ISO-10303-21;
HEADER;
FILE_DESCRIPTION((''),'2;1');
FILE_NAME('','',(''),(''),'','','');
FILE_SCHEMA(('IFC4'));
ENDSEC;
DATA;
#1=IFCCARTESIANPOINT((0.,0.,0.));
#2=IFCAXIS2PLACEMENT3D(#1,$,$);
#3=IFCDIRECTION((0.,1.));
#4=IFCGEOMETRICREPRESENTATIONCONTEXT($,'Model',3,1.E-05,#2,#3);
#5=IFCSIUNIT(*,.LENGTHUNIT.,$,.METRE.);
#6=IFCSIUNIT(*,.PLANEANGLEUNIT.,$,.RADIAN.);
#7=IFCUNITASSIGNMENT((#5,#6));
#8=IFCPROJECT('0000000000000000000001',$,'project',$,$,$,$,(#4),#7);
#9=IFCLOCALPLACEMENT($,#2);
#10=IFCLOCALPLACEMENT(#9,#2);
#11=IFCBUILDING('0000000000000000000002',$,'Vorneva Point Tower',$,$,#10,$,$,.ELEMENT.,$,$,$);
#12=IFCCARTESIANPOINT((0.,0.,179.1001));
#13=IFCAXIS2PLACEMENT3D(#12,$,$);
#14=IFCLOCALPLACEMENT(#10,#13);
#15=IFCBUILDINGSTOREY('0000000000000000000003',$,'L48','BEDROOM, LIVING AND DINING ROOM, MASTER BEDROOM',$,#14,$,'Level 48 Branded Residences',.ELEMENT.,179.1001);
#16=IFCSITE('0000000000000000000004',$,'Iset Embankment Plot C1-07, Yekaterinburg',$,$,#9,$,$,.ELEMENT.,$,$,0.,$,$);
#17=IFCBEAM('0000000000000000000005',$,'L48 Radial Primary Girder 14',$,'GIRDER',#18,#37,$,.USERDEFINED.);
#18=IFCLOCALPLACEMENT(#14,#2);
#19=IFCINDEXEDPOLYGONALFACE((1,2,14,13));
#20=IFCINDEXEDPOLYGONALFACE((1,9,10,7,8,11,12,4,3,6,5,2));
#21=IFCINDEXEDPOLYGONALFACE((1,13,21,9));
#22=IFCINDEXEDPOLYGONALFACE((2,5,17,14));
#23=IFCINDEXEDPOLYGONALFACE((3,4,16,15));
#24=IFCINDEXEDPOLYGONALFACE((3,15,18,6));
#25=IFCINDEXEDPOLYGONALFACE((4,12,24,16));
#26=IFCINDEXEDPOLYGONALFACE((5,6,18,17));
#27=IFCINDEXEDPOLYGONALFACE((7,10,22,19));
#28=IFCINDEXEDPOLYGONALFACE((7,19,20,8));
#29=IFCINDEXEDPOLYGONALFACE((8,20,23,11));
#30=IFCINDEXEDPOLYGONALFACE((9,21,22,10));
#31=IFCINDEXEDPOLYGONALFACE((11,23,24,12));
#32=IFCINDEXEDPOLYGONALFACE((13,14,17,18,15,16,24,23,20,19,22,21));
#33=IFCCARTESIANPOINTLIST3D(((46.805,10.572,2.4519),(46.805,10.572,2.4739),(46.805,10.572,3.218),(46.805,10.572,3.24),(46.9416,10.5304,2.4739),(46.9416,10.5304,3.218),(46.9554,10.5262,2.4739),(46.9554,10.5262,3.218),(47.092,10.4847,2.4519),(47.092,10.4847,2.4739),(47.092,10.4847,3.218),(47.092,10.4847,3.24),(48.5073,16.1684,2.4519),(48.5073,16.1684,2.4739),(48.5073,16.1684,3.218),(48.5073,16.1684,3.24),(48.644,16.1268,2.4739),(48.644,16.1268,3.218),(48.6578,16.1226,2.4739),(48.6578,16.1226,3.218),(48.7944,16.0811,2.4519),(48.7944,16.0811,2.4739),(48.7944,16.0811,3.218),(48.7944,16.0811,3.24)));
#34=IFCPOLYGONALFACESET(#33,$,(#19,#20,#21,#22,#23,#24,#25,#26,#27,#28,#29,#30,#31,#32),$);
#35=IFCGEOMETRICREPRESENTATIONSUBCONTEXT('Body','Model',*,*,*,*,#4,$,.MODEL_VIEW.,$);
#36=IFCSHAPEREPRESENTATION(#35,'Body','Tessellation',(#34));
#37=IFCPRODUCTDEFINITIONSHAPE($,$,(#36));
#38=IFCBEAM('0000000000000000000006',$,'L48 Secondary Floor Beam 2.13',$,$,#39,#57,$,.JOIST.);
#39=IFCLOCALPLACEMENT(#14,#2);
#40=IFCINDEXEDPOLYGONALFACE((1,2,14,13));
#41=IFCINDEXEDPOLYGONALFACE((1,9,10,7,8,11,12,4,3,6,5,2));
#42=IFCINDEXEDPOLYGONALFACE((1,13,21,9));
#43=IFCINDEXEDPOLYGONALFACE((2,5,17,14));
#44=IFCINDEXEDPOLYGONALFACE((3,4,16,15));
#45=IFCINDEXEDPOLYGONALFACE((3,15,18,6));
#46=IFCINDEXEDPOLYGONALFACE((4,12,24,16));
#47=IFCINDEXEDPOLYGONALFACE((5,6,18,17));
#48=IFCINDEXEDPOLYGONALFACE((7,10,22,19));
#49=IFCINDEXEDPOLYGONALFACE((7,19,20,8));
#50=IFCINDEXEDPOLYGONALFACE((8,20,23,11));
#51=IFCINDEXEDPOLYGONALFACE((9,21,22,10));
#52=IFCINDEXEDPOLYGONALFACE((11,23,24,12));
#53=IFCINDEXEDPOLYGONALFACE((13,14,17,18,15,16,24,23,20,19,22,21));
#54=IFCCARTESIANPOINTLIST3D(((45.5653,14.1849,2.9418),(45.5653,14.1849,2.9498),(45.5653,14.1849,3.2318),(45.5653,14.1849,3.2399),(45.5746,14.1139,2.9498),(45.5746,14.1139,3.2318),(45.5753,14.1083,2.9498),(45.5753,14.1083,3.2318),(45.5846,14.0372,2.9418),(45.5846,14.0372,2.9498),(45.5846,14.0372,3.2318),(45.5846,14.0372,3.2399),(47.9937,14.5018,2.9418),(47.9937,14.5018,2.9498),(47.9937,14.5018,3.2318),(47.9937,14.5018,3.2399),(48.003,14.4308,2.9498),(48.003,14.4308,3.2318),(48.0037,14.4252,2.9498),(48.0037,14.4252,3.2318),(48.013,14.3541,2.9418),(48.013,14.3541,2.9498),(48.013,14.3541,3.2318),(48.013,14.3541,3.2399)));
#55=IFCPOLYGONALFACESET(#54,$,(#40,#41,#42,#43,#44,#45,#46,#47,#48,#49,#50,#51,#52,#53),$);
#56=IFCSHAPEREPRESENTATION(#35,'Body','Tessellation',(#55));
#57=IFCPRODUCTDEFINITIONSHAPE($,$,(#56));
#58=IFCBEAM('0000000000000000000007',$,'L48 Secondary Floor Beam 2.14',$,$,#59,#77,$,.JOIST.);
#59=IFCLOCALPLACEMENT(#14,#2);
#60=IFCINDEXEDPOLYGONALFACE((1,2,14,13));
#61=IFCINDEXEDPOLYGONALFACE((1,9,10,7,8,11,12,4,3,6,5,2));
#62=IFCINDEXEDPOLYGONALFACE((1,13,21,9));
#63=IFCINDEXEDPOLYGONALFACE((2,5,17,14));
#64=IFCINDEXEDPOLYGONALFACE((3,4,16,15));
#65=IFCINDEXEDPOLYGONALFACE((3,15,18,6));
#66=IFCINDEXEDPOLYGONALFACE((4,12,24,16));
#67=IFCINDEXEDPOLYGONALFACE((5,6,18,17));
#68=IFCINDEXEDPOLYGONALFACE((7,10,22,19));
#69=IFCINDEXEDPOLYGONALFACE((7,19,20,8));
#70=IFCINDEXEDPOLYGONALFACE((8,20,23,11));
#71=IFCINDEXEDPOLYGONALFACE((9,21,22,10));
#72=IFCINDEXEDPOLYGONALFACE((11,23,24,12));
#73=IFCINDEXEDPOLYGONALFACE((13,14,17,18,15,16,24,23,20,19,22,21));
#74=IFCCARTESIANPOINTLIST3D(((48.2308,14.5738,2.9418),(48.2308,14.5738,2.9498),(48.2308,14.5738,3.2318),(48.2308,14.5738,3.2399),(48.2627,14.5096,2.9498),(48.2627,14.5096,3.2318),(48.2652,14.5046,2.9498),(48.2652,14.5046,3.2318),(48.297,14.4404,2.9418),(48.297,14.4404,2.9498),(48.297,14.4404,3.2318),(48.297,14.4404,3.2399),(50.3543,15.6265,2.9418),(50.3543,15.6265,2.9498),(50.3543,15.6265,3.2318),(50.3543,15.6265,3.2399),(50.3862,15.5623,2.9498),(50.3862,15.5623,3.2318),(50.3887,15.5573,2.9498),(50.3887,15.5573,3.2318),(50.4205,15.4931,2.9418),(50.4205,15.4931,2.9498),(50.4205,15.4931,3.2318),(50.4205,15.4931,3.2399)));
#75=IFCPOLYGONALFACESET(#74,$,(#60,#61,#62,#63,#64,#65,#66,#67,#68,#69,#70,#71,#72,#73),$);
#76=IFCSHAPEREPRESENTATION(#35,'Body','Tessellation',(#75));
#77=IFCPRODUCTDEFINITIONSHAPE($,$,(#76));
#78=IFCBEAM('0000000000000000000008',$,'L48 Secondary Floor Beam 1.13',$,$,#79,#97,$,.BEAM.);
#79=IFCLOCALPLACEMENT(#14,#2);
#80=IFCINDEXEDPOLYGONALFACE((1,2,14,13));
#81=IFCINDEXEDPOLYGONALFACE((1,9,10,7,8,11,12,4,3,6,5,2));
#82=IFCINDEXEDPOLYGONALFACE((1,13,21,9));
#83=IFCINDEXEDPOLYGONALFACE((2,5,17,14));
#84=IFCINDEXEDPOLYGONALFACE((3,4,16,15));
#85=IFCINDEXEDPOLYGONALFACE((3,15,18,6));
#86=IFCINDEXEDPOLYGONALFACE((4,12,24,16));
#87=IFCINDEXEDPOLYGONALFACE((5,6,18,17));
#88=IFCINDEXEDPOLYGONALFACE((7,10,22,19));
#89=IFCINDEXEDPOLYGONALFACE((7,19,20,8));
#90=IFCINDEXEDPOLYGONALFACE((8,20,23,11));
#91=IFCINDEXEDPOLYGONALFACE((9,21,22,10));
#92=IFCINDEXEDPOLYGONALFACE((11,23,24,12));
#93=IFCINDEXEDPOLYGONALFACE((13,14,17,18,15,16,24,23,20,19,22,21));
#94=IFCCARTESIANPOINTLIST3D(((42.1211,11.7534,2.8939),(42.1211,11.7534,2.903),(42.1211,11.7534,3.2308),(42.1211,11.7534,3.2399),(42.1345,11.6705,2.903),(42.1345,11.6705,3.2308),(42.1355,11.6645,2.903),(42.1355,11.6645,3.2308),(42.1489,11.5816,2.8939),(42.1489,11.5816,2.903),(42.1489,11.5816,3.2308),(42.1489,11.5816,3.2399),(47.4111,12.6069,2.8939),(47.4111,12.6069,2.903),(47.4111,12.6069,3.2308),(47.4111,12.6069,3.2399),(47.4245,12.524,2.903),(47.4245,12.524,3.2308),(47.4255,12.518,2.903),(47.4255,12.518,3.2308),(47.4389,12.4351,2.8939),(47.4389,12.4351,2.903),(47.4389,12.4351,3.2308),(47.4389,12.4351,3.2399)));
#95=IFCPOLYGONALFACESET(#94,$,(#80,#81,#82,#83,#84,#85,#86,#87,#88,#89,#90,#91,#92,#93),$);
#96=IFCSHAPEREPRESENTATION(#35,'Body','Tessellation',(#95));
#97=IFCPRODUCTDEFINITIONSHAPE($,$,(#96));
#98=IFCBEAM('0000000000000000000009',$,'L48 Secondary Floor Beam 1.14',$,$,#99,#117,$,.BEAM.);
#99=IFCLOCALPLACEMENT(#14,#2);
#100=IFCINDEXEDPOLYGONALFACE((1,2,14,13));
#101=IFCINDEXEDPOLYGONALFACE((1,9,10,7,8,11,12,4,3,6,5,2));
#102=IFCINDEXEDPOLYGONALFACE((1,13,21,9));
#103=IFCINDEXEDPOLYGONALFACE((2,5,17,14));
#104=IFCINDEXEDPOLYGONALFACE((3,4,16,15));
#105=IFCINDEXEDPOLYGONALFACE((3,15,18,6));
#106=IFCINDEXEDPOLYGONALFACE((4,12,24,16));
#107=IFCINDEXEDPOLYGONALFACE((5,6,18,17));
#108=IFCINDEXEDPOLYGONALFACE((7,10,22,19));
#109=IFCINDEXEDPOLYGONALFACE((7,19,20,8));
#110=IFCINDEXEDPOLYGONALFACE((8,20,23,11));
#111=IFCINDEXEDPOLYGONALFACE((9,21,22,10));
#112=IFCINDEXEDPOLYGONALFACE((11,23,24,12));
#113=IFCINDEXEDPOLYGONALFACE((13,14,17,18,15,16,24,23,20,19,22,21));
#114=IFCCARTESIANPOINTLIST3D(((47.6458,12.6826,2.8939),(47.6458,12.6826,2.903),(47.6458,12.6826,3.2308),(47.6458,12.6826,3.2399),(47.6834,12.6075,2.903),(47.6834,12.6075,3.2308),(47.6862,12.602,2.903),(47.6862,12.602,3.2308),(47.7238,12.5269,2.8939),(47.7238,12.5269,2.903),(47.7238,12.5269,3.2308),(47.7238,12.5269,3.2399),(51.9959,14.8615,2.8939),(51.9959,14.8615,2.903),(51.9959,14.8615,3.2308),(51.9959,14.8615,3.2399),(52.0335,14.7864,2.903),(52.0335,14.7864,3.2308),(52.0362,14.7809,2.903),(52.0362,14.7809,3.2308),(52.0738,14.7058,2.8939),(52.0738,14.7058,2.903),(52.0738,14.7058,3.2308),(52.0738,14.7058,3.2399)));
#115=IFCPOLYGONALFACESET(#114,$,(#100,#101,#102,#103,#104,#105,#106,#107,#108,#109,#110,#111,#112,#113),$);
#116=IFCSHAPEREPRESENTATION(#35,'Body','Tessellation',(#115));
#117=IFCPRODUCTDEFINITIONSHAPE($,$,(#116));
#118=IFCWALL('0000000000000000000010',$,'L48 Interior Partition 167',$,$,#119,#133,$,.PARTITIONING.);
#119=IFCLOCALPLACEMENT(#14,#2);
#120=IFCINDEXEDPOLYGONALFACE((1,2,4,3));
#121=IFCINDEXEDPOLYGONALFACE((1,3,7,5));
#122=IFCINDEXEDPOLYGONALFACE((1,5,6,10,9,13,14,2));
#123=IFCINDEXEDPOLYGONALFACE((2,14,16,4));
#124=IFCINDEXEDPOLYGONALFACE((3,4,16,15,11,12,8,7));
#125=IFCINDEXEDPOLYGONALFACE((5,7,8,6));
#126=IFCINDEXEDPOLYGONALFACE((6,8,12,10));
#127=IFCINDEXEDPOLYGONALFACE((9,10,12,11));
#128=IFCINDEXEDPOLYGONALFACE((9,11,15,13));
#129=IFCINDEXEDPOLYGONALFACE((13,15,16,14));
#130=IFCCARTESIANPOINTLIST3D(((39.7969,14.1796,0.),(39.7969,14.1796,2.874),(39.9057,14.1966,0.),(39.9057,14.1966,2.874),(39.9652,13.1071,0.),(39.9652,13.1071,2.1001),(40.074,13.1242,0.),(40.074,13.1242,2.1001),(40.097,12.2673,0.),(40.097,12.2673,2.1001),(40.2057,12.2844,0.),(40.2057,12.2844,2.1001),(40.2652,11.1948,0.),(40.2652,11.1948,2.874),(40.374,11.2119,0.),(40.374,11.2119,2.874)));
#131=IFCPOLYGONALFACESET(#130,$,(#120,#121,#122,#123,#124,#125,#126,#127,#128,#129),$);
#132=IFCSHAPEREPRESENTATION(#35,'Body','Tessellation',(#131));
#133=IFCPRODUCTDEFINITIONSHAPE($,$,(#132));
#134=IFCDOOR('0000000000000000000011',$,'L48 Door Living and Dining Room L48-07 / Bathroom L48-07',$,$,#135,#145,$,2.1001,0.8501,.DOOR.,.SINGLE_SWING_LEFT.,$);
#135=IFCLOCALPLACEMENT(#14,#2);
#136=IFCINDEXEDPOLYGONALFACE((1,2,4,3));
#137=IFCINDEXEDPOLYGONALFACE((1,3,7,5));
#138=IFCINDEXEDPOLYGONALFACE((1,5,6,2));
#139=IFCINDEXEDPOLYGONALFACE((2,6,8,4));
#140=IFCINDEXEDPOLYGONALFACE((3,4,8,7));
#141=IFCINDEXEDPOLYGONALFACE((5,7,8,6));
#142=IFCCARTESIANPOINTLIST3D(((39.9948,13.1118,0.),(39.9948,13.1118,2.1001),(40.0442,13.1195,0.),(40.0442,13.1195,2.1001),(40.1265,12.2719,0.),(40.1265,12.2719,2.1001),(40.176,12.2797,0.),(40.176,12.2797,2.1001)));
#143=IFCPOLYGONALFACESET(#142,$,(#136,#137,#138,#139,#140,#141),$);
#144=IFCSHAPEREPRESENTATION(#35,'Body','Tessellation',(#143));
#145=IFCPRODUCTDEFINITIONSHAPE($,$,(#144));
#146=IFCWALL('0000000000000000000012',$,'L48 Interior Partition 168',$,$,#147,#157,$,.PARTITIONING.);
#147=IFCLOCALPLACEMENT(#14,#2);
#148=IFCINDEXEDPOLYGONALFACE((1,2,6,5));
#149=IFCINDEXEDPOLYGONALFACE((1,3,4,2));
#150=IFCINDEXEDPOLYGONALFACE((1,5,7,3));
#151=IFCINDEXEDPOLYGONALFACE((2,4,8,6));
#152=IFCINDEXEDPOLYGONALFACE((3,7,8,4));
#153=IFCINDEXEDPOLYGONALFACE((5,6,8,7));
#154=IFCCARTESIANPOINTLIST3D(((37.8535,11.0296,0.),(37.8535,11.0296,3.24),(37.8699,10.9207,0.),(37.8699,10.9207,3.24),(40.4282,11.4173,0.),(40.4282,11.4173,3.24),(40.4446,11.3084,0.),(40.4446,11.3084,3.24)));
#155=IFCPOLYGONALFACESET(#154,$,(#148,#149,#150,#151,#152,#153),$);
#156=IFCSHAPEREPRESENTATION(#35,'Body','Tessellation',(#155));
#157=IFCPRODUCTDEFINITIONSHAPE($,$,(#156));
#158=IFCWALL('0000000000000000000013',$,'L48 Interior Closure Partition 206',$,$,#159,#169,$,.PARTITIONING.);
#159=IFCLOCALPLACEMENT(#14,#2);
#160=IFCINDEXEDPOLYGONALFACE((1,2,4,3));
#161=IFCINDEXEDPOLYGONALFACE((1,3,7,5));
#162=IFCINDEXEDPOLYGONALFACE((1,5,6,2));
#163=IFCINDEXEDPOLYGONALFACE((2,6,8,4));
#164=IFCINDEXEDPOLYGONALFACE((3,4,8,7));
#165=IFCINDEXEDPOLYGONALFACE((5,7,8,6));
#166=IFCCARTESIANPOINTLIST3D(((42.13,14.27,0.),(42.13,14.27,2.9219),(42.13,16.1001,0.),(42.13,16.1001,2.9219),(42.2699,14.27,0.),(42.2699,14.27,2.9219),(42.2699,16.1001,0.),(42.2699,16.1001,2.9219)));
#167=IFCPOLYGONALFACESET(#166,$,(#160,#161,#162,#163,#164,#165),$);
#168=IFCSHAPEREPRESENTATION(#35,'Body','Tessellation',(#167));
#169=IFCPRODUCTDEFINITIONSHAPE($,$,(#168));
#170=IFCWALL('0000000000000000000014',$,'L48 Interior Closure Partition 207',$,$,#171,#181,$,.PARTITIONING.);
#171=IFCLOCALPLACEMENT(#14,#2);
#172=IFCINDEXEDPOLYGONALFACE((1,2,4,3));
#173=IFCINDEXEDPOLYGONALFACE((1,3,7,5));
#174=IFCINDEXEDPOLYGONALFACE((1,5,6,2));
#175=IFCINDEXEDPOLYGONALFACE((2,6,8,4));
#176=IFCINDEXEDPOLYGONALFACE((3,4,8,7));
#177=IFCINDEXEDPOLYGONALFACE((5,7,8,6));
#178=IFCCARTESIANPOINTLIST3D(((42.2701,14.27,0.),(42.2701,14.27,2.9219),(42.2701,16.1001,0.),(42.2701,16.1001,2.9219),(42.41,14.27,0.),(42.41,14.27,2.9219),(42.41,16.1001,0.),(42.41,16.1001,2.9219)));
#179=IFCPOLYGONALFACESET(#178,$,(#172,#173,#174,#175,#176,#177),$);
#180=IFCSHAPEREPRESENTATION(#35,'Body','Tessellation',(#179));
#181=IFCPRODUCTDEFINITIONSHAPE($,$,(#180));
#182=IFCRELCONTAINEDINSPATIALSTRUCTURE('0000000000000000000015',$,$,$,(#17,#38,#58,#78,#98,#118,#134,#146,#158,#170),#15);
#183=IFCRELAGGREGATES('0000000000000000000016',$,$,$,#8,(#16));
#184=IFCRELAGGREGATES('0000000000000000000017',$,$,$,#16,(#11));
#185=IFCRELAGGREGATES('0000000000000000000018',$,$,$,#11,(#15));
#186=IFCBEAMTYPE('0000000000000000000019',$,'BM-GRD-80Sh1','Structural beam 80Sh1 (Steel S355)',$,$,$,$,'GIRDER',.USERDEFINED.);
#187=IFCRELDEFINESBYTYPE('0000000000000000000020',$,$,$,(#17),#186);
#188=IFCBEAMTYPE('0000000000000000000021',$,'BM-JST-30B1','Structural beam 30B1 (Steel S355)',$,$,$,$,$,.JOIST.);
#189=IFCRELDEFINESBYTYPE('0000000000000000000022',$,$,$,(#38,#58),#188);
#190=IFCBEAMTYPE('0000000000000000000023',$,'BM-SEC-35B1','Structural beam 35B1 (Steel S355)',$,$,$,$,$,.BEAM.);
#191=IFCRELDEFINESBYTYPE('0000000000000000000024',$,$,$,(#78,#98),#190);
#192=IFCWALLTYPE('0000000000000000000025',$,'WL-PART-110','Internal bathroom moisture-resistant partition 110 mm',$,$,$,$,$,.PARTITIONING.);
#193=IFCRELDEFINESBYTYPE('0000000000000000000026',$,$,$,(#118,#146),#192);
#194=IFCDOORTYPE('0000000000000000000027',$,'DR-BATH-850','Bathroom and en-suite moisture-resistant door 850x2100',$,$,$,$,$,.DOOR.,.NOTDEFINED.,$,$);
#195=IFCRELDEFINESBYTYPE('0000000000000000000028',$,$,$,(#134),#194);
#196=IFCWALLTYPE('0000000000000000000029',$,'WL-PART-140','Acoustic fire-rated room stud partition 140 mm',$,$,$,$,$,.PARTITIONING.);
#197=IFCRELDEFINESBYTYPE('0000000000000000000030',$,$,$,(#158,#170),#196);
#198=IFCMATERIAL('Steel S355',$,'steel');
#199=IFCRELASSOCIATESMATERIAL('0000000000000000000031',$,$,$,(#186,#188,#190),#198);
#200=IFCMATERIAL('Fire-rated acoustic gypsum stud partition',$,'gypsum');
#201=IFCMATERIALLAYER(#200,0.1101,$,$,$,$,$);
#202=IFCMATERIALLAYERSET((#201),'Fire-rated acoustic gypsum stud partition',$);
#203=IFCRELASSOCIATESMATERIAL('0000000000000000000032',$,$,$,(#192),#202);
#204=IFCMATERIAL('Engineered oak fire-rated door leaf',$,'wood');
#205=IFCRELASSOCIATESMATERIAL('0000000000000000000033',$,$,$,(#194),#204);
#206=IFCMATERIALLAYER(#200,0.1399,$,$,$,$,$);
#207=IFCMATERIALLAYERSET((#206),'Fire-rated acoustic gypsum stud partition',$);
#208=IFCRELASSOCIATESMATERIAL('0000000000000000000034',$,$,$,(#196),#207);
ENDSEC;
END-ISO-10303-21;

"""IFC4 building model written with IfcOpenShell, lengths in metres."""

from ifc_helpers import new_model, si_unit, direction, frame, frame_2d, origin, origin_2d, place, context, subcontext, project, spatial, rectangle, i_section, extrude, material, layer, layer_set, material_profile, profile_set, type_object, element, fill, save


model = new_model("IFC4")

# Units and contexts
model_context = context("Model", 3, precision=1e-05, world=origin(), true_north=direction((0.0, 1.0)))
body_context = subcontext(model_context, "Body", "Model", "MODEL_VIEW")
ifc_project = project(units=[si_unit("LENGTHUNIT", "METRE"), si_unit("PLANEANGLEUNIT", "RADIAN")], contexts=[model_context])

# Site, building, storey
site_placement = place(None, origin())
site = spatial("IfcSite", under=ifc_project, at=site_placement, Name="Iset Embankment Plot C1-07, Yekaterinburg", CompositionType="ELEMENT", RefElevation=0.0)
building_placement = place(site_placement, origin())
building = spatial("IfcBuilding", under=site, at=building_placement, Name="Vorneva Point Tower", CompositionType="ELEMENT")
storey_placement = place(building_placement, frame((0.0, 0.0, 179.1001)))
storey = spatial("IfcBuildingStorey", under=building, at=storey_placement, Name="L48", Description="BEDROOM, LIVING AND DINING ROOM, MASTER BEDROOM", LongName="Level 48 Branded Residences", CompositionType="ELEMENT", Elevation=179.1001)

# Beams
ifc_material_1 = material(Name="Steel S355", Category="steel")
ifc_material_profile_1 = material_profile(ifc_material_1, i_section(OverallWidth=0.3, OverallDepth=0.7881, WebThickness=0.0144, FlangeThickness=0.022, at=origin_2d()), Name="80Sh1")
ifc_profile_set_1 = profile_set([ifc_material_profile_1], Name="Steel S355")
beam_type_1 = type_object("IfcBeamType", Name="BM-GRD-80Sh1", Description="Structural beam 80Sh1 (Steel S355)", ElementType="GIRDER", PredefinedType="USERDEFINED", material=ifc_profile_set_1)
beam_1_placement = place(storey_placement, frame((46.9485, 10.5283, 2.8459), z_axis=(0.291025, 0.956715, 0.0), x_axis=(-0.956715, 0.291025, 0.0)))
element("IfcBeam", 1, at=beam_1_placement, inside=storey, type_object=beam_type_1, Name="L48 Radial Primary Girder 14", ObjectType="GIRDER", PredefinedType="USERDEFINED", context=body_context, shape_type="SweptSolid", body=[
    extrude(i_section(OverallWidth=0.3, OverallDepth=0.7881, WebThickness=0.0144, FlangeThickness=0.022, at=origin_2d()), origin(), (0.0, 0.0, 1.0), 5.8496),
])
ifc_material_profile_2 = material_profile(ifc_material_1, i_section(OverallWidth=0.1489, OverallDepth=0.2981, WebThickness=0.0056, FlangeThickness=0.0081, at=origin_2d()), Name="30B1")
ifc_profile_set_2 = profile_set([ifc_material_profile_2], Name="Steel S355")
beam_type_2 = type_object("IfcBeamType", Name="BM-JST-30B1", Description="Structural beam 30B1 (Steel S355)", PredefinedType="JOIST", material=ifc_profile_set_2)
beam_2_placement = place(storey_placement, frame((45.575, 14.1111, 3.0908), z_axis=(0.991593, 0.129395, 0.0), x_axis=(-0.129395, 0.991593, 0.0)))
element("IfcBeam", 2, at=beam_2_placement, inside=storey, type_object=beam_type_2, Name="L48 Secondary Floor Beam 2.13", PredefinedType="JOIST", context=body_context, shape_type="SweptSolid", body=[
    extrude(i_section(OverallWidth=0.1489, OverallDepth=0.2981, WebThickness=0.0056, FlangeThickness=0.0081, at=origin_2d()), origin(), (0.0, 0.0, 1.0), 2.449),
])
beam_3_placement = place(storey_placement, frame((48.2639, 14.5071, 3.0908), z_axis=(0.895946, 0.444162, 0.0), x_axis=(-0.444162, 0.895946, 0.0)))
element("IfcBeam", 3, at=beam_3_placement, inside=storey, type_object=beam_type_2, Name="L48 Secondary Floor Beam 2.14", PredefinedType="JOIST", context=body_context, shape_type="SweptSolid", body=[
    extrude(i_section(OverallWidth=0.1489, OverallDepth=0.2981, WebThickness=0.0056, FlangeThickness=0.0081, at=origin_2d()), origin(), (0.0, 0.0, 1.0), 2.3701),
])
ifc_material_profile_3 = material_profile(ifc_material_1, i_section(OverallWidth=0.1741, OverallDepth=0.3459, WebThickness=0.0061, FlangeThickness=0.009, at=origin_2d()), Name="35B1")
ifc_profile_set_3 = profile_set([ifc_material_profile_3], Name="Steel S355")
beam_type_3 = type_object("IfcBeamType", Name="BM-SEC-35B1", Description="Structural beam 35B1 (Steel S355)", PredefinedType="BEAM", material=ifc_profile_set_3)
beam_4_placement = place(storey_placement, frame((42.135, 11.6675, 3.0669), z_axis=(0.987233, 0.159284, 0.0), x_axis=(-0.159284, 0.987233, 0.0)))
element("IfcBeam", 4, at=beam_4_placement, inside=storey, type_object=beam_type_3, Name="L48 Secondary Floor Beam 1.13", PredefinedType="BEAM", context=body_context, shape_type="SweptSolid", body=[
    extrude(i_section(OverallWidth=0.1741, OverallDepth=0.3459, WebThickness=0.0061, FlangeThickness=0.009, at=origin_2d()), origin(), (0.0, 0.0, 1.0), 5.3584),
])
beam_5_placement = place(storey_placement, frame((47.6848, 12.6047, 3.0669), z_axis=(0.894106, 0.447856, 0.0), x_axis=(-0.447856, 0.894106, 0.0)))
element("IfcBeam", 5, at=beam_5_placement, inside=storey, type_object=beam_type_3, Name="L48 Secondary Floor Beam 1.14", PredefinedType="BEAM", context=body_context, shape_type="SweptSolid", body=[
    extrude(i_section(OverallWidth=0.1741, OverallDepth=0.3459, WebThickness=0.0061, FlangeThickness=0.009, at=origin_2d()), origin(), (0.0, 0.0, 1.0), 4.8652),
])

# Wall, opening, door
ifc_material_2 = material(Name="Fire-rated acoustic gypsum stud partition", Category="gypsum")
ifc_layer_1 = layer(ifc_material_2, 0.1101)
ifc_layer_set_1 = layer_set([ifc_layer_1], Name="Fire-rated acoustic gypsum stud partition")
wall_type_1 = type_object("IfcWallType", Name="WL-PART-110", Description="Internal bathroom moisture-resistant partition 110 mm", PredefinedType="PARTITIONING", material=ifc_layer_set_1)
wall_1_placement = place(storey_placement, frame((39.8513, 14.1882, 0.0), z_axis=(0.0, 0.0, 1.0), x_axis=(0.154996, -0.987915, 0.0)))
wall_1 = element("IfcWall", 6, at=wall_1_placement, inside=storey, type_object=wall_type_1, Name="L48 Interior Partition 167", PredefinedType="PARTITIONING", context=body_context, shape_type="SweptSolid", body=[
    extrude(rectangle(XDim=3.0212, YDim=0.1101, at=frame_2d((1.5107, 0.0))), origin(), (0.0, 0.0, 1.0), 2.874),
])
opening_1_placement = place(wall_1_placement, frame((1.0857, 0.0, 0.0)))
opening_1 = element("IfcOpeningElement", 7, at=opening_1_placement, cuts=wall_1, PredefinedType="OPENING", context=body_context, shape_type="SweptSolid", body=[
    extrude(rectangle(XDim=0.8501, YDim=2.1001, at=frame_2d((0.425, 1.05))), frame((0.0, 0.0698, 0.0), z_axis=(0.0, -1.0, 0.0), x_axis=(1.0, 0.0, 0.0)), (0.0, 0.0, 1.0), 0.1399),
])
ifc_material_3 = material(Name="Engineered oak fire-rated door leaf", Category="wood")
door_type_1 = type_object("IfcDoorType", Name="DR-BATH-850", Description="Bathroom and en-suite moisture-resistant door 850x2100", OperationType="NOTDEFINED", PredefinedType="DOOR", material=ifc_material_3)
door_1_placement = place(opening_1_placement, origin())
door_1 = element("IfcDoor", 8, at=door_1_placement, inside=storey, type_object=door_type_1, Name="L48 Door Living and Dining Room L48-07 / Bathroom L48-07", OperationType="SINGLE_SWING_LEFT", OverallHeight=2.1001, OverallWidth=0.8501, PredefinedType="DOOR", context=body_context, shape_type="SweptSolid", body=[
    extrude(rectangle(XDim=0.8501, YDim=2.1001, at=frame_2d((0.425, 1.05))), frame((0.0, 0.0249, 0.0), z_axis=(0.0, -1.0, 0.0), x_axis=(1.0, 0.0, 0.0)), (0.0, 0.0, 1.0), 0.05),
])
fill(opening_1, door_1)

# Walls
wall_2_placement = place(storey_placement, frame((40.4363, 11.3628, 0.0), z_axis=(0.0, 0.0, 1.0), x_axis=(-0.988852, -0.1489, 0.0)))
element("IfcWall", 9, at=wall_2_placement, inside=storey, type_object=wall_type_1, Name="L48 Interior Partition 168", PredefinedType="PARTITIONING", context=body_context, shape_type="SweptSolid", body=[
    extrude(rectangle(XDim=2.6038, YDim=0.1101, at=frame_2d((1.3018, 0.0))), origin(), (0.0, 0.0, 1.0), 3.24),
])
ifc_layer_2 = layer(ifc_material_2, 0.1399)
ifc_layer_set_2 = layer_set([ifc_layer_2], Name="Fire-rated acoustic gypsum stud partition")
wall_type_2 = type_object("IfcWallType", Name="WL-PART-140", Description="Acoustic fire-rated room stud partition 140 mm", PredefinedType="PARTITIONING", material=ifc_layer_set_2)
for number, where, z_axis, x_axis, name in (
    (10, (42.2, 16.1001, 0.0), (0.0, 0.0, 1.0), (0.0, -1.0, 0.0), "L48 Interior Closure Partition 206"),
    (11, (42.3401, 14.27, 0.0), (0.0, 0.0, 1.0), (0.0, 1.0, 0.0), "L48 Interior Closure Partition 207"),
):
    element("IfcWall", number, at=place(storey_placement, frame(where, z_axis=z_axis, x_axis=x_axis)), inside=storey, type_object=wall_type_2, Name=name, PredefinedType="PARTITIONING", context=body_context, shape_type="SweptSolid", body=[
        extrude(rectangle(XDim=1.8301, YDim=0.1399, at=frame_2d((0.915, 0.0))), origin(), (0.0, 0.0, 1.0), 2.9219),
    ])

save(model, "model.ifc")
